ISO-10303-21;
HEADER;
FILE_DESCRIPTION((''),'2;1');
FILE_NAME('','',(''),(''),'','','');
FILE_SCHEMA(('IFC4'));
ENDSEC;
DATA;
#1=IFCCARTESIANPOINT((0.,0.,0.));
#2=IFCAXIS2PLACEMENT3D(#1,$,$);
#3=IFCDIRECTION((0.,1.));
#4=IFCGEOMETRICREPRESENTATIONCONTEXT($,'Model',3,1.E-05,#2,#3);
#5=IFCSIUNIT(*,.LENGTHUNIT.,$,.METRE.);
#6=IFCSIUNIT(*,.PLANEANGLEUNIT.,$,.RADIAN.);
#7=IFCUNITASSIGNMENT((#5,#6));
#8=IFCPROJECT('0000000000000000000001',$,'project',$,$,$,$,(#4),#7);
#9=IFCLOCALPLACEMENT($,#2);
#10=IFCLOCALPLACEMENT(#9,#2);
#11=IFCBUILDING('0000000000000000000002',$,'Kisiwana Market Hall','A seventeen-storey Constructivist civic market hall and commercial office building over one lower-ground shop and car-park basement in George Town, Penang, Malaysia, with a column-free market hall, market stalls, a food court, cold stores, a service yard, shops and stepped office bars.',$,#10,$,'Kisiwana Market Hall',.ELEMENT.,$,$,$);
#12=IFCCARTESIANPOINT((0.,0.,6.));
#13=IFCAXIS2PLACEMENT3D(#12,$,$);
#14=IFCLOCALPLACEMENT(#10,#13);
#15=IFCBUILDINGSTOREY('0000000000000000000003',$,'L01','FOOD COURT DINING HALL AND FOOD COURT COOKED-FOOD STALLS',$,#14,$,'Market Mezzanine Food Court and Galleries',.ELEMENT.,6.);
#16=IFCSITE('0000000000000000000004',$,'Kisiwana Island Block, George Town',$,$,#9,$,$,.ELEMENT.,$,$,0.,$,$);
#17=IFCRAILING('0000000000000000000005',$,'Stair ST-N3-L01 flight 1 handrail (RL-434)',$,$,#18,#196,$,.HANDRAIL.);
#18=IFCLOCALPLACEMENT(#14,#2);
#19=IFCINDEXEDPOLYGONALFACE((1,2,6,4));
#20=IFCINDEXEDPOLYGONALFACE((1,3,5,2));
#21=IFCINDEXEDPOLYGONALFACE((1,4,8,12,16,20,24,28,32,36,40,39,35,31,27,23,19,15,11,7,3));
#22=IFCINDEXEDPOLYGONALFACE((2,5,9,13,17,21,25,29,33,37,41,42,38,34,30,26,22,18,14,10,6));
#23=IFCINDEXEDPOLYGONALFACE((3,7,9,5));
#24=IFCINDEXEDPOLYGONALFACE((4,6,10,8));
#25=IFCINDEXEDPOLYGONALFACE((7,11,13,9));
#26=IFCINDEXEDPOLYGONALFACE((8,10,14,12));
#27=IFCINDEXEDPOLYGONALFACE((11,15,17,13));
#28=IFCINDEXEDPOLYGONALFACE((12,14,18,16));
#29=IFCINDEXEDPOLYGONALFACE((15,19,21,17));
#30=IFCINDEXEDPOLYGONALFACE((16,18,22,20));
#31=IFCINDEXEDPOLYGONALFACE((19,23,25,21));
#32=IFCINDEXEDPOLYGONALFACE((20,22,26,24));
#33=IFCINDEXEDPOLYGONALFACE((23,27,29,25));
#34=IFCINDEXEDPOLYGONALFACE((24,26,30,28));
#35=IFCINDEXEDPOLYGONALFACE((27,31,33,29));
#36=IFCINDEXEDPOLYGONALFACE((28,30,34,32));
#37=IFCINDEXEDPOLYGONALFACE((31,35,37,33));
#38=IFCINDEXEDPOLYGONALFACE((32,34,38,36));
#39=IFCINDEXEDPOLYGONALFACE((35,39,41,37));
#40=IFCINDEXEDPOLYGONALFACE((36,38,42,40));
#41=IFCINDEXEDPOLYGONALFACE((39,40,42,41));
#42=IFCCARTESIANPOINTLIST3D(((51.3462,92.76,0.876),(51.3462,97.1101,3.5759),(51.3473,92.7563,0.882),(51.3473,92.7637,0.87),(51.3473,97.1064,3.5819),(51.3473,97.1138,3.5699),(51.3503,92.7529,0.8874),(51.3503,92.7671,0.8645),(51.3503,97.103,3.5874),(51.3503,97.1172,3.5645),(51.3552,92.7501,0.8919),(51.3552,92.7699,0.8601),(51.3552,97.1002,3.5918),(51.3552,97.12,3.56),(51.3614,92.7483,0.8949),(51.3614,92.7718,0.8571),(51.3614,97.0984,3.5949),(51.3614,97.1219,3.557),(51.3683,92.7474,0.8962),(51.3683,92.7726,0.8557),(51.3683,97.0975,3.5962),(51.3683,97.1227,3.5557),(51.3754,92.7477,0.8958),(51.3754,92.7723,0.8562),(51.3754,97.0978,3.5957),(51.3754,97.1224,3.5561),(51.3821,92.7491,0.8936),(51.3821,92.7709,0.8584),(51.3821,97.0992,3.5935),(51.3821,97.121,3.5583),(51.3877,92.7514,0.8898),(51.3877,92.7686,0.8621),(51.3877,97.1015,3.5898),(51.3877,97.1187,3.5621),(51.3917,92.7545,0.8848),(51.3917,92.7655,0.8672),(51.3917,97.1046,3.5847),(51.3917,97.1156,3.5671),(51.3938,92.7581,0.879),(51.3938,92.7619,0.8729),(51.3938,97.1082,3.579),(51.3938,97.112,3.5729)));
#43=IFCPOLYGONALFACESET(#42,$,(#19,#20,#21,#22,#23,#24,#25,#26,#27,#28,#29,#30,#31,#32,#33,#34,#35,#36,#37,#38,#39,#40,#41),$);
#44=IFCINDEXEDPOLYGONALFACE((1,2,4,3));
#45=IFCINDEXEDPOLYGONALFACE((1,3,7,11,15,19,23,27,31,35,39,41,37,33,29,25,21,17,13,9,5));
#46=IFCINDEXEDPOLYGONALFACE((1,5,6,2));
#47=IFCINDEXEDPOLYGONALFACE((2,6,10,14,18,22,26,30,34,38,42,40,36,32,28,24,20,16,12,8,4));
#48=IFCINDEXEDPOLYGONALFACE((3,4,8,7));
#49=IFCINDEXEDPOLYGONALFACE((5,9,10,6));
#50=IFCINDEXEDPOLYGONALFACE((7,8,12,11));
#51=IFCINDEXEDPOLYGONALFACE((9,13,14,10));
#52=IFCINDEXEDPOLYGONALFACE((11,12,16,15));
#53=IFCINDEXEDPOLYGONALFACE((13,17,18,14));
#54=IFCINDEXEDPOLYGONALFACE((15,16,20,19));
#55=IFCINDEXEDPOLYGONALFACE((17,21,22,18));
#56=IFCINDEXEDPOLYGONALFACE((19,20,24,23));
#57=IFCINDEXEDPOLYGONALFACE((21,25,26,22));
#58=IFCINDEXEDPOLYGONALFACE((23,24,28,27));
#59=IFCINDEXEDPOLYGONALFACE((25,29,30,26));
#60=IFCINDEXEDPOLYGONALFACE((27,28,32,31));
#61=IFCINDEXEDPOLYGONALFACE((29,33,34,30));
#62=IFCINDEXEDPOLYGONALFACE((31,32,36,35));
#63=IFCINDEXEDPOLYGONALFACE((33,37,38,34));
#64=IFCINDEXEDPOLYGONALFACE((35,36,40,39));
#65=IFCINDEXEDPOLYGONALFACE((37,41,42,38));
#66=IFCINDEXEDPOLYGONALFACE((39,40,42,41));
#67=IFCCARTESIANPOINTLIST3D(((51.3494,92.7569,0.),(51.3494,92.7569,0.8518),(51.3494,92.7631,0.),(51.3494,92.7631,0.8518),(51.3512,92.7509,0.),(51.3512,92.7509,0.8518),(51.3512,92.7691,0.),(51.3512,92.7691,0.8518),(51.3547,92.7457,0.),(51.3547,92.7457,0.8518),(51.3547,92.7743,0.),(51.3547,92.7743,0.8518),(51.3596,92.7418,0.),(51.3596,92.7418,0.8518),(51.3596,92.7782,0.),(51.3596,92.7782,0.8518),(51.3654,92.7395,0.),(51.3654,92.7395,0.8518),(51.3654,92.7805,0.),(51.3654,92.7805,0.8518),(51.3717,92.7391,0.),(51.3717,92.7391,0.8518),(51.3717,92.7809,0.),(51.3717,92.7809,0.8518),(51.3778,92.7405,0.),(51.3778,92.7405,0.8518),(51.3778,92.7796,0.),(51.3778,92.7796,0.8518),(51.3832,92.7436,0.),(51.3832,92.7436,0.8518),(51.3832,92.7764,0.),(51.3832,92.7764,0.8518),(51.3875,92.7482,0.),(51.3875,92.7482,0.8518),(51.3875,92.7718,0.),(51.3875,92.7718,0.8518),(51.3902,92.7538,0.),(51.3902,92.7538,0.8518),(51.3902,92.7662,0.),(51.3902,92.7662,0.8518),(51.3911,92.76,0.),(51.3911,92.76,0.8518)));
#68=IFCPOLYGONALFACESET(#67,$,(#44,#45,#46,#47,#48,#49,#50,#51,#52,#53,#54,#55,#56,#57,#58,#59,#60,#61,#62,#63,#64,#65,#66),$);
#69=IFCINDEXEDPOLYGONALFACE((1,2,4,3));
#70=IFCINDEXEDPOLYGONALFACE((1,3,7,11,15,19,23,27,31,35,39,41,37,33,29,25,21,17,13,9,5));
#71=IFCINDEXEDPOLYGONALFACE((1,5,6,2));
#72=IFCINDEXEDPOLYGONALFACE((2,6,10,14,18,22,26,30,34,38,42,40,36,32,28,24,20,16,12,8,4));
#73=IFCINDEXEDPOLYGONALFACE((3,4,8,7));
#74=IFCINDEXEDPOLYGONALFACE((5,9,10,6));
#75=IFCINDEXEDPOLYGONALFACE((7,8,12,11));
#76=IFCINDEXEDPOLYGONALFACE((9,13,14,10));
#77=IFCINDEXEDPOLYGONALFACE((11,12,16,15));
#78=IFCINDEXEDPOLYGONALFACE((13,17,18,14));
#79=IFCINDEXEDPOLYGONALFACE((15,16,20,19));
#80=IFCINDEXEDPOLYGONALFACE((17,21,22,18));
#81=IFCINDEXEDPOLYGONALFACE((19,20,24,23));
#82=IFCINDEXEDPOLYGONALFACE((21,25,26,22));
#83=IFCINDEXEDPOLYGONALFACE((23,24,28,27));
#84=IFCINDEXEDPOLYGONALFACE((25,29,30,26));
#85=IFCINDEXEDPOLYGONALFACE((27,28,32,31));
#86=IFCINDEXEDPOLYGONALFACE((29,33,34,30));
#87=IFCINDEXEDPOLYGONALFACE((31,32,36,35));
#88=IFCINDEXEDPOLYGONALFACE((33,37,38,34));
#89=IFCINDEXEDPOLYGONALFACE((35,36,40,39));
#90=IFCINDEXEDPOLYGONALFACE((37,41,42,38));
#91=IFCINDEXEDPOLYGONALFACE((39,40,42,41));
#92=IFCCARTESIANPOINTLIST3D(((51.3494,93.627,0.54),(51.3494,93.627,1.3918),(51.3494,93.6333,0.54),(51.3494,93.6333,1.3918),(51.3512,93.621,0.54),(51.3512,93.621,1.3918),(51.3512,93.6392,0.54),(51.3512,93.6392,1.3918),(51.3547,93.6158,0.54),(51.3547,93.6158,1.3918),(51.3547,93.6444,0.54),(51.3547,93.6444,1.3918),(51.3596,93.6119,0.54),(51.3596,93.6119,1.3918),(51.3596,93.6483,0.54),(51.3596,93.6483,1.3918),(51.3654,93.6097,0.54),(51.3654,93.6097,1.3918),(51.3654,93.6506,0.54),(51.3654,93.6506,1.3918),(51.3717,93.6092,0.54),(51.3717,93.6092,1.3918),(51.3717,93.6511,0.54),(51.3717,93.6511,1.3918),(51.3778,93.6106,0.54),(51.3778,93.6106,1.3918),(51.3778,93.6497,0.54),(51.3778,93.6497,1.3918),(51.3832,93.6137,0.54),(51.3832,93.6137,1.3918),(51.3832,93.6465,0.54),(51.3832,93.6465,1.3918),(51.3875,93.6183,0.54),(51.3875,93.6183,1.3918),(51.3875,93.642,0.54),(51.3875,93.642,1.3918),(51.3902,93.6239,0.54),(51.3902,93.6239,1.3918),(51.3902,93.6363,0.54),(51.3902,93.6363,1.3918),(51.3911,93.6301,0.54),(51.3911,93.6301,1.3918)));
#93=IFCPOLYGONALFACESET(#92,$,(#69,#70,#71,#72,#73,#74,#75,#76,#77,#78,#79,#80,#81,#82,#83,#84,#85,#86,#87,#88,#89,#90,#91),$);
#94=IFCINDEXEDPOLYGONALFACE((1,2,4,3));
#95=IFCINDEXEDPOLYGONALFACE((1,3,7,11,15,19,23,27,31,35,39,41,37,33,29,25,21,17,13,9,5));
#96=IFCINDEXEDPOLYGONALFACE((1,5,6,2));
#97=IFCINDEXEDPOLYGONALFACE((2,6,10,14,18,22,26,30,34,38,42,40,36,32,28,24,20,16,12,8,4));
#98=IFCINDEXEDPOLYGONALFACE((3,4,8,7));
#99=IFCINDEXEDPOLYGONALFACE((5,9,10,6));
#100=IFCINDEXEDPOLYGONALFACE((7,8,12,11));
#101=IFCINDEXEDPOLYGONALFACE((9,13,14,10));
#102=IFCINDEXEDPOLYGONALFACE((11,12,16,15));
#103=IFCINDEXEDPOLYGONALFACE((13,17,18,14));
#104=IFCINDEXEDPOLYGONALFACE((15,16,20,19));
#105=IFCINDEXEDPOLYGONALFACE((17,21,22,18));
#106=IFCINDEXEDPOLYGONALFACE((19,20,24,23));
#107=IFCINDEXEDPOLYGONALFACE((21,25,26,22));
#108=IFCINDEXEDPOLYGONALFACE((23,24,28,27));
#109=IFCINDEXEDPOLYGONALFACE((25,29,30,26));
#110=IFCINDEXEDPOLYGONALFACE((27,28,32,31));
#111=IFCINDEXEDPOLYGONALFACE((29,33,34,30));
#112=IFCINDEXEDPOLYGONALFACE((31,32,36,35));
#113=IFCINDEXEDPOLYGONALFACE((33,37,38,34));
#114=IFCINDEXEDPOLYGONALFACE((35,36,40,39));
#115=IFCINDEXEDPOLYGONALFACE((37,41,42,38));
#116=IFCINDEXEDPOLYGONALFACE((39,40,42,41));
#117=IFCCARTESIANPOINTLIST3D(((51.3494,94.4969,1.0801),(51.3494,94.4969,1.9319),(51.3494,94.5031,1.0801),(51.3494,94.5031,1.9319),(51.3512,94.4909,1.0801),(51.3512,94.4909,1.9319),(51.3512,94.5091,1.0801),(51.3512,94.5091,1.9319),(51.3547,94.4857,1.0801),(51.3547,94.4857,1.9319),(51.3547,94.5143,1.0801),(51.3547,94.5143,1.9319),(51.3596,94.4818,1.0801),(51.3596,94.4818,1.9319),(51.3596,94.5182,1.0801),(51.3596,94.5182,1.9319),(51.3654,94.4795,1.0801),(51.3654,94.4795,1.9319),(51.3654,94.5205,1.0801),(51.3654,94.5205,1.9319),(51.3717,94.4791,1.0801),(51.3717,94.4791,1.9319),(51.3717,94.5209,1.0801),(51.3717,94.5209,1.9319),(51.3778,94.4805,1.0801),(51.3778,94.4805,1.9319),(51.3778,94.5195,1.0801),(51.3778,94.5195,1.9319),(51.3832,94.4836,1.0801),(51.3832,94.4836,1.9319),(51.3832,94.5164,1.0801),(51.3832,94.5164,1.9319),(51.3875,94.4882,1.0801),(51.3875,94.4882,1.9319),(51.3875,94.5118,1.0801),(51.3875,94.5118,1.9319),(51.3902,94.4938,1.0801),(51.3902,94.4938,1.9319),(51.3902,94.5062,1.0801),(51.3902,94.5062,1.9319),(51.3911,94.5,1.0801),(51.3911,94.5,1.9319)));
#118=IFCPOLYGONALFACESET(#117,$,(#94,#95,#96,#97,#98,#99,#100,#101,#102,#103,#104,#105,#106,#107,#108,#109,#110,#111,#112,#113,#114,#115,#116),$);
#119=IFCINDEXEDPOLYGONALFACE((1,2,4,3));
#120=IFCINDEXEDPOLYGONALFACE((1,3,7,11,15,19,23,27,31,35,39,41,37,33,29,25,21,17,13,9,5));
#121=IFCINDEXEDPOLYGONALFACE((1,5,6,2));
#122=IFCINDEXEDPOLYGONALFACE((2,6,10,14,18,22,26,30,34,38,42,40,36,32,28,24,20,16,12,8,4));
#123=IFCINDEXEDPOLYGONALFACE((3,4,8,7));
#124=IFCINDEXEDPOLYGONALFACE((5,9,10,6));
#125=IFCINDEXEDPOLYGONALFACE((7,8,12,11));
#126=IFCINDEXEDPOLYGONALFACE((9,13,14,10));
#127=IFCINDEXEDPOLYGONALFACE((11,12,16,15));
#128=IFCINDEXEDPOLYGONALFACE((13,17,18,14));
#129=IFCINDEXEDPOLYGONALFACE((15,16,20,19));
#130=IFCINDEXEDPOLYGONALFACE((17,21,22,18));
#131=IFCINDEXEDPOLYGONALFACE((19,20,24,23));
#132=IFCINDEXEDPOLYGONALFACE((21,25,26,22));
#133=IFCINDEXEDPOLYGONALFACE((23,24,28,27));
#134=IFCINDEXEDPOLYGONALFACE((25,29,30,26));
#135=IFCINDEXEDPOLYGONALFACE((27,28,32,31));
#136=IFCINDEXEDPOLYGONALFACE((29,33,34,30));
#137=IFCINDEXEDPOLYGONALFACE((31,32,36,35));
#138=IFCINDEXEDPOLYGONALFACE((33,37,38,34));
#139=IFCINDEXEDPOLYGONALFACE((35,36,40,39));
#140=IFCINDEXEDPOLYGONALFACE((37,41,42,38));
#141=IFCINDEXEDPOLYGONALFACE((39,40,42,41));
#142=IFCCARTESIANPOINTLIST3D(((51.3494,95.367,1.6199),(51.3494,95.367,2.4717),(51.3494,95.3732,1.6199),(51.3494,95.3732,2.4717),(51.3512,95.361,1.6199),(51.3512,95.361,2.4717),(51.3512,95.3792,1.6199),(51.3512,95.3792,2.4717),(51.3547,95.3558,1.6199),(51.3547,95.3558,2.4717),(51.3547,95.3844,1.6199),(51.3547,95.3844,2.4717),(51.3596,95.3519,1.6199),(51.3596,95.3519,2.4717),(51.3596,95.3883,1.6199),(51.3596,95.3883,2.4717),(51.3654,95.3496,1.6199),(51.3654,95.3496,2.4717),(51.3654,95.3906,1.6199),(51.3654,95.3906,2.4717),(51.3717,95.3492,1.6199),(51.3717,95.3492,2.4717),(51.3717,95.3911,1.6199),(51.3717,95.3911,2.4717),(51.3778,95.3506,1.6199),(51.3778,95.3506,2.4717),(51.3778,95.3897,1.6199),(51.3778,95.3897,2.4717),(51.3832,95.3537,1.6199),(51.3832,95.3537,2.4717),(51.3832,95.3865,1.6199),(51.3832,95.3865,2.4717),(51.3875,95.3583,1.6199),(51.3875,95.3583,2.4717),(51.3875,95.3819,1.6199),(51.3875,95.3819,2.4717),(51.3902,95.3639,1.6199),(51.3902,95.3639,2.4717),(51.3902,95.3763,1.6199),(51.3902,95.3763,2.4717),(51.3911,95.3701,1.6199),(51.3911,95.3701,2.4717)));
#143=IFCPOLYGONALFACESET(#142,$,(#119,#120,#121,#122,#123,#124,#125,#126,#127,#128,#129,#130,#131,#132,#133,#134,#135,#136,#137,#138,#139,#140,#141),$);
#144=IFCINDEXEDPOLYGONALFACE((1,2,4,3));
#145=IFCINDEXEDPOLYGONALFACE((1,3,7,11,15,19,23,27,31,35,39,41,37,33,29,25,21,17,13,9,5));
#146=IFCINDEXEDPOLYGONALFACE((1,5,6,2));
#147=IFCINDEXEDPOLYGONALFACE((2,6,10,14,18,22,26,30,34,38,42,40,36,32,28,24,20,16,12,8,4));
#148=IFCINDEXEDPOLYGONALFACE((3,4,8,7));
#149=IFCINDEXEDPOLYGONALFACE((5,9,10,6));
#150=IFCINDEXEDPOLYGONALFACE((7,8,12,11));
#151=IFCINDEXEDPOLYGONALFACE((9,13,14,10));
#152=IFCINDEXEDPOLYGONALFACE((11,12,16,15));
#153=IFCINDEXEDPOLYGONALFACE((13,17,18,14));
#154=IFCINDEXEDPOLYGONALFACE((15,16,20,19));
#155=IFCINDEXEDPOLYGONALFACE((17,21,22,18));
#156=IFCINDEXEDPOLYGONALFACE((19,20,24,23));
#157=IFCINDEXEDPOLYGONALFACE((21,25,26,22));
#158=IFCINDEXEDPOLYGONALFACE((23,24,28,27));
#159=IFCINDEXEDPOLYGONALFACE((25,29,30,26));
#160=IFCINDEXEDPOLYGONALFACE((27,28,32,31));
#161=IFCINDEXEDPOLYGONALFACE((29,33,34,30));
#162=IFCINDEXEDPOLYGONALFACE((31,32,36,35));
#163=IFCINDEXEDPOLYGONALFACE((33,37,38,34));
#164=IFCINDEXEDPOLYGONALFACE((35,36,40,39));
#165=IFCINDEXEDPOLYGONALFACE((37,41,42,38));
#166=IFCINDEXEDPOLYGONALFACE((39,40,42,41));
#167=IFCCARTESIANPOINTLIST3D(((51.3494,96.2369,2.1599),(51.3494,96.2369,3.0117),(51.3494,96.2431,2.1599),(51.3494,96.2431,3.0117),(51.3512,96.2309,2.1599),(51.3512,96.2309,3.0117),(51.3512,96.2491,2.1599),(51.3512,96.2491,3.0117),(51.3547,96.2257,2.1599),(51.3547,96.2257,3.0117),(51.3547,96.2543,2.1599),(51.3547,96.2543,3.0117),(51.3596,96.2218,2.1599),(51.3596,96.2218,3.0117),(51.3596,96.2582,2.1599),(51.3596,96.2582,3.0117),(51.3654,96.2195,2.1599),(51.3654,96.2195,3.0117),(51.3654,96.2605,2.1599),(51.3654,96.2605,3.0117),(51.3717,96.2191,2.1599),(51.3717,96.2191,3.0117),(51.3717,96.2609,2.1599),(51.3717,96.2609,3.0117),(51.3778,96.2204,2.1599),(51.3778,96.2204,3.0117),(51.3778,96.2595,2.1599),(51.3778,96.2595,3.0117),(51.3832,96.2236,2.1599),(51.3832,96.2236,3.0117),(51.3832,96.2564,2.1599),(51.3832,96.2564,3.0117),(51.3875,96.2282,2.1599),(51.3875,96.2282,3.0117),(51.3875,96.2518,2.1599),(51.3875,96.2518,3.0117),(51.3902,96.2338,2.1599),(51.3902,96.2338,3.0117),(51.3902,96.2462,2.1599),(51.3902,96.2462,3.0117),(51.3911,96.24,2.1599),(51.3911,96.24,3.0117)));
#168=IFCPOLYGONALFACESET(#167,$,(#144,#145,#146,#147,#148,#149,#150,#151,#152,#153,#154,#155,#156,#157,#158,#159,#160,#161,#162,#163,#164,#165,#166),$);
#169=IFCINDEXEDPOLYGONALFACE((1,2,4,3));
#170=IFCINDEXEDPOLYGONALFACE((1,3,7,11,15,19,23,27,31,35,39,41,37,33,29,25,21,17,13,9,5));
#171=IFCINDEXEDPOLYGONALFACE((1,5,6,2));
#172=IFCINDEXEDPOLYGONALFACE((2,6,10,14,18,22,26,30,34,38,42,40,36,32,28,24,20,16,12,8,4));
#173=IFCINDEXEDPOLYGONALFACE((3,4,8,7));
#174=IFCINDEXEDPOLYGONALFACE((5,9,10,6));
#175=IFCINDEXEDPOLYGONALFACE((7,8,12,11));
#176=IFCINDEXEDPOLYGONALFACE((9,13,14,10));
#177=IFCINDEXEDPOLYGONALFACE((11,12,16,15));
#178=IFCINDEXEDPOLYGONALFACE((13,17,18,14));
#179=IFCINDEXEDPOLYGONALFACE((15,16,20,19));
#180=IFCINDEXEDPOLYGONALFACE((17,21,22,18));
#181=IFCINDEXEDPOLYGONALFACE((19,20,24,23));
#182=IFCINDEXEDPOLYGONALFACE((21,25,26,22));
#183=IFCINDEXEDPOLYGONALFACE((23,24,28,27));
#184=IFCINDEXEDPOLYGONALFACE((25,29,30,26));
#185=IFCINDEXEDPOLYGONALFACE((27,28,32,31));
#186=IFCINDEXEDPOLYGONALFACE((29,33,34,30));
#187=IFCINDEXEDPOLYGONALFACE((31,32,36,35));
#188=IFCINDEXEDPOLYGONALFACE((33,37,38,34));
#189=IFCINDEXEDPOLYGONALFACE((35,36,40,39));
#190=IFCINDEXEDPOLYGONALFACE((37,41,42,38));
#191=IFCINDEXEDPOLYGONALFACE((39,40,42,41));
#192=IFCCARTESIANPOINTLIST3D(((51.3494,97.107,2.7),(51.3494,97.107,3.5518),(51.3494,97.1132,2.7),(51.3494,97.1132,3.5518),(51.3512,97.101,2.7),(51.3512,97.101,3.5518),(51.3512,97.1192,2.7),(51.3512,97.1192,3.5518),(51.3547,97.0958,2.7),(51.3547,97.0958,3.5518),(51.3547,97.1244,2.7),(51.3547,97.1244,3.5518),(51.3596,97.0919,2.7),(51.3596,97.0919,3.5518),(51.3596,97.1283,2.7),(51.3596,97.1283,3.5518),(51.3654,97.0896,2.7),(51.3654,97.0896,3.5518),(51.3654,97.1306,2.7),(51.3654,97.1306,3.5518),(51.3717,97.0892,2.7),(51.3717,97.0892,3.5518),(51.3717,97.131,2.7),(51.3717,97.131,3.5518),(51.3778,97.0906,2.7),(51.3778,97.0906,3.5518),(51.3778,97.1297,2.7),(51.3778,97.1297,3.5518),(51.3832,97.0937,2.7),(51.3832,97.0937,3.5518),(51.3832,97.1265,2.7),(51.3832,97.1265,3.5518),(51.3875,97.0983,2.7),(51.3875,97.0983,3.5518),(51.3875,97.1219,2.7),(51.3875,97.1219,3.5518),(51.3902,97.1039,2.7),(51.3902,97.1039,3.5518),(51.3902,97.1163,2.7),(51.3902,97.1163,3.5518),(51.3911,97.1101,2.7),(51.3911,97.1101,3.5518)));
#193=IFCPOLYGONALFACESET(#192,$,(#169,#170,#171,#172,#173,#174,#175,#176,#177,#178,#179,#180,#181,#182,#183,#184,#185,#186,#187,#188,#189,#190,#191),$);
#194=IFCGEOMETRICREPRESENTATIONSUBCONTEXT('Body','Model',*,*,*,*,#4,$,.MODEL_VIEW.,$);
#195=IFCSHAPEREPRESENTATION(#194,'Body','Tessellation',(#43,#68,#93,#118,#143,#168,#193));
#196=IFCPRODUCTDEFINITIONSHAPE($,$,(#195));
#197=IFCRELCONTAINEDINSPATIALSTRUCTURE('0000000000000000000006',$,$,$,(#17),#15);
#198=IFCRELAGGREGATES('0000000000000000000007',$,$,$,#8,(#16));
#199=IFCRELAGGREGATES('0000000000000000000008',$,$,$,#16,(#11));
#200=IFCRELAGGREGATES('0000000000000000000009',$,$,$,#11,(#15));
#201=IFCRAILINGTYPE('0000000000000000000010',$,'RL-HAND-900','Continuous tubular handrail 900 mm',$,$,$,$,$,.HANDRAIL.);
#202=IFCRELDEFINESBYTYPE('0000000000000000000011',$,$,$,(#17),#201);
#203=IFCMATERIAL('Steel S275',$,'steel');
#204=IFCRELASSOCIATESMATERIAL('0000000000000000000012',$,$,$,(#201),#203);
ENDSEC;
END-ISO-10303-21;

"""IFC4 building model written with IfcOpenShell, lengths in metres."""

from ifc_helpers import new_model, si_unit, direction, frame, origin, origin_2d, place, context, subcontext, project, spatial, circle, extrude, material, type_object, element, save


model = new_model("IFC4")

# Units and contexts
model_context = context("Model", 3, precision=1e-05, world=origin(), true_north=direction((0.0, 1.0)))
body_context = subcontext(model_context, "Body", "Model", "MODEL_VIEW")
ifc_project = project(units=[si_unit("LENGTHUNIT", "METRE"), si_unit("PLANEANGLEUNIT", "RADIAN")], contexts=[model_context])

# Site, building, storey
site_placement = place(None, origin())
site = spatial("IfcSite", under=ifc_project, at=site_placement, Name="Kisiwana Island Block, George Town", CompositionType="ELEMENT", RefElevation=0.0)
building_placement = place(site_placement, origin())
building = spatial("IfcBuilding", under=site, at=building_placement, Name="Kisiwana Market Hall", Description="A seventeen-storey Constructivist civic market hall and commercial office building over one lower-ground shop and car-park basement in George Town, Penang, Malaysia, with a column-free market hall, market stalls, a food court, cold stores, a service yard, shops and stepped office bars.", LongName="Kisiwana Market Hall", CompositionType="ELEMENT")
storey_placement = place(building_placement, frame((0.0, 0.0, 6.0)))
storey = spatial("IfcBuildingStorey", under=building, at=storey_placement, Name="L01", Description="FOOD COURT DINING HALL AND FOOD COURT COOKED-FOOD STALLS", LongName="Market Mezzanine Food Court and Galleries", CompositionType="ELEMENT", Elevation=6.0)

# Railing
ifc_material_1 = material(Name="Steel S275", Category="steel")
railing_type_1 = type_object("IfcRailingType", Name="RL-HAND-900", Description="Continuous tubular handrail 900 mm", PredefinedType="HANDRAIL", material=ifc_material_1)
for number, where, name in (
    (1, (51.3701, 92.76, 0.0), "Stair ST-N3-L01 flight 1 handrail (RL-434)"),
):
    element("IfcRailing", number, at=place(storey_placement, frame(where)), inside=storey, type_object=railing_type_1, Name=name, PredefinedType="HANDRAIL", context=body_context, shape_type="SweptSolid", body=[
        extrude(circle(Radius=0.0239, at=origin_2d()), frame((0.0, 0.0, 0.876), z_axis=(0.0, 0.84965, 0.527347), x_axis=(-1.0, 0.0, 0.0)), (0.0, 0.0, 1.0), 5.1199),
        extrude(circle(Radius=0.021, at=origin_2d()), origin(), (0.0, 0.0, 1.0), 0.8518),
        extrude(circle(Radius=0.021, at=origin_2d()), frame((0.0, 0.8701, 0.54)), (0.0, 0.0, 1.0), 0.8518),
        extrude(circle(Radius=0.021, at=origin_2d()), frame((0.0, 1.74, 1.0801)), (0.0, 0.0, 1.0), 0.8518),
        extrude(circle(Radius=0.021, at=origin_2d()), frame((0.0, 2.6101, 1.6199)), (0.0, 0.0, 1.0), 0.8518),
        extrude(circle(Radius=0.021, at=origin_2d()), frame((0.0, 3.48, 2.1599)), (0.0, 0.0, 1.0), 0.8518),
        extrude(circle(Radius=0.021, at=origin_2d()), frame((0.0, 4.3501, 2.7)), (0.0, 0.0, 1.0), 0.8518),
    ])

save(model, "model.ifc")
